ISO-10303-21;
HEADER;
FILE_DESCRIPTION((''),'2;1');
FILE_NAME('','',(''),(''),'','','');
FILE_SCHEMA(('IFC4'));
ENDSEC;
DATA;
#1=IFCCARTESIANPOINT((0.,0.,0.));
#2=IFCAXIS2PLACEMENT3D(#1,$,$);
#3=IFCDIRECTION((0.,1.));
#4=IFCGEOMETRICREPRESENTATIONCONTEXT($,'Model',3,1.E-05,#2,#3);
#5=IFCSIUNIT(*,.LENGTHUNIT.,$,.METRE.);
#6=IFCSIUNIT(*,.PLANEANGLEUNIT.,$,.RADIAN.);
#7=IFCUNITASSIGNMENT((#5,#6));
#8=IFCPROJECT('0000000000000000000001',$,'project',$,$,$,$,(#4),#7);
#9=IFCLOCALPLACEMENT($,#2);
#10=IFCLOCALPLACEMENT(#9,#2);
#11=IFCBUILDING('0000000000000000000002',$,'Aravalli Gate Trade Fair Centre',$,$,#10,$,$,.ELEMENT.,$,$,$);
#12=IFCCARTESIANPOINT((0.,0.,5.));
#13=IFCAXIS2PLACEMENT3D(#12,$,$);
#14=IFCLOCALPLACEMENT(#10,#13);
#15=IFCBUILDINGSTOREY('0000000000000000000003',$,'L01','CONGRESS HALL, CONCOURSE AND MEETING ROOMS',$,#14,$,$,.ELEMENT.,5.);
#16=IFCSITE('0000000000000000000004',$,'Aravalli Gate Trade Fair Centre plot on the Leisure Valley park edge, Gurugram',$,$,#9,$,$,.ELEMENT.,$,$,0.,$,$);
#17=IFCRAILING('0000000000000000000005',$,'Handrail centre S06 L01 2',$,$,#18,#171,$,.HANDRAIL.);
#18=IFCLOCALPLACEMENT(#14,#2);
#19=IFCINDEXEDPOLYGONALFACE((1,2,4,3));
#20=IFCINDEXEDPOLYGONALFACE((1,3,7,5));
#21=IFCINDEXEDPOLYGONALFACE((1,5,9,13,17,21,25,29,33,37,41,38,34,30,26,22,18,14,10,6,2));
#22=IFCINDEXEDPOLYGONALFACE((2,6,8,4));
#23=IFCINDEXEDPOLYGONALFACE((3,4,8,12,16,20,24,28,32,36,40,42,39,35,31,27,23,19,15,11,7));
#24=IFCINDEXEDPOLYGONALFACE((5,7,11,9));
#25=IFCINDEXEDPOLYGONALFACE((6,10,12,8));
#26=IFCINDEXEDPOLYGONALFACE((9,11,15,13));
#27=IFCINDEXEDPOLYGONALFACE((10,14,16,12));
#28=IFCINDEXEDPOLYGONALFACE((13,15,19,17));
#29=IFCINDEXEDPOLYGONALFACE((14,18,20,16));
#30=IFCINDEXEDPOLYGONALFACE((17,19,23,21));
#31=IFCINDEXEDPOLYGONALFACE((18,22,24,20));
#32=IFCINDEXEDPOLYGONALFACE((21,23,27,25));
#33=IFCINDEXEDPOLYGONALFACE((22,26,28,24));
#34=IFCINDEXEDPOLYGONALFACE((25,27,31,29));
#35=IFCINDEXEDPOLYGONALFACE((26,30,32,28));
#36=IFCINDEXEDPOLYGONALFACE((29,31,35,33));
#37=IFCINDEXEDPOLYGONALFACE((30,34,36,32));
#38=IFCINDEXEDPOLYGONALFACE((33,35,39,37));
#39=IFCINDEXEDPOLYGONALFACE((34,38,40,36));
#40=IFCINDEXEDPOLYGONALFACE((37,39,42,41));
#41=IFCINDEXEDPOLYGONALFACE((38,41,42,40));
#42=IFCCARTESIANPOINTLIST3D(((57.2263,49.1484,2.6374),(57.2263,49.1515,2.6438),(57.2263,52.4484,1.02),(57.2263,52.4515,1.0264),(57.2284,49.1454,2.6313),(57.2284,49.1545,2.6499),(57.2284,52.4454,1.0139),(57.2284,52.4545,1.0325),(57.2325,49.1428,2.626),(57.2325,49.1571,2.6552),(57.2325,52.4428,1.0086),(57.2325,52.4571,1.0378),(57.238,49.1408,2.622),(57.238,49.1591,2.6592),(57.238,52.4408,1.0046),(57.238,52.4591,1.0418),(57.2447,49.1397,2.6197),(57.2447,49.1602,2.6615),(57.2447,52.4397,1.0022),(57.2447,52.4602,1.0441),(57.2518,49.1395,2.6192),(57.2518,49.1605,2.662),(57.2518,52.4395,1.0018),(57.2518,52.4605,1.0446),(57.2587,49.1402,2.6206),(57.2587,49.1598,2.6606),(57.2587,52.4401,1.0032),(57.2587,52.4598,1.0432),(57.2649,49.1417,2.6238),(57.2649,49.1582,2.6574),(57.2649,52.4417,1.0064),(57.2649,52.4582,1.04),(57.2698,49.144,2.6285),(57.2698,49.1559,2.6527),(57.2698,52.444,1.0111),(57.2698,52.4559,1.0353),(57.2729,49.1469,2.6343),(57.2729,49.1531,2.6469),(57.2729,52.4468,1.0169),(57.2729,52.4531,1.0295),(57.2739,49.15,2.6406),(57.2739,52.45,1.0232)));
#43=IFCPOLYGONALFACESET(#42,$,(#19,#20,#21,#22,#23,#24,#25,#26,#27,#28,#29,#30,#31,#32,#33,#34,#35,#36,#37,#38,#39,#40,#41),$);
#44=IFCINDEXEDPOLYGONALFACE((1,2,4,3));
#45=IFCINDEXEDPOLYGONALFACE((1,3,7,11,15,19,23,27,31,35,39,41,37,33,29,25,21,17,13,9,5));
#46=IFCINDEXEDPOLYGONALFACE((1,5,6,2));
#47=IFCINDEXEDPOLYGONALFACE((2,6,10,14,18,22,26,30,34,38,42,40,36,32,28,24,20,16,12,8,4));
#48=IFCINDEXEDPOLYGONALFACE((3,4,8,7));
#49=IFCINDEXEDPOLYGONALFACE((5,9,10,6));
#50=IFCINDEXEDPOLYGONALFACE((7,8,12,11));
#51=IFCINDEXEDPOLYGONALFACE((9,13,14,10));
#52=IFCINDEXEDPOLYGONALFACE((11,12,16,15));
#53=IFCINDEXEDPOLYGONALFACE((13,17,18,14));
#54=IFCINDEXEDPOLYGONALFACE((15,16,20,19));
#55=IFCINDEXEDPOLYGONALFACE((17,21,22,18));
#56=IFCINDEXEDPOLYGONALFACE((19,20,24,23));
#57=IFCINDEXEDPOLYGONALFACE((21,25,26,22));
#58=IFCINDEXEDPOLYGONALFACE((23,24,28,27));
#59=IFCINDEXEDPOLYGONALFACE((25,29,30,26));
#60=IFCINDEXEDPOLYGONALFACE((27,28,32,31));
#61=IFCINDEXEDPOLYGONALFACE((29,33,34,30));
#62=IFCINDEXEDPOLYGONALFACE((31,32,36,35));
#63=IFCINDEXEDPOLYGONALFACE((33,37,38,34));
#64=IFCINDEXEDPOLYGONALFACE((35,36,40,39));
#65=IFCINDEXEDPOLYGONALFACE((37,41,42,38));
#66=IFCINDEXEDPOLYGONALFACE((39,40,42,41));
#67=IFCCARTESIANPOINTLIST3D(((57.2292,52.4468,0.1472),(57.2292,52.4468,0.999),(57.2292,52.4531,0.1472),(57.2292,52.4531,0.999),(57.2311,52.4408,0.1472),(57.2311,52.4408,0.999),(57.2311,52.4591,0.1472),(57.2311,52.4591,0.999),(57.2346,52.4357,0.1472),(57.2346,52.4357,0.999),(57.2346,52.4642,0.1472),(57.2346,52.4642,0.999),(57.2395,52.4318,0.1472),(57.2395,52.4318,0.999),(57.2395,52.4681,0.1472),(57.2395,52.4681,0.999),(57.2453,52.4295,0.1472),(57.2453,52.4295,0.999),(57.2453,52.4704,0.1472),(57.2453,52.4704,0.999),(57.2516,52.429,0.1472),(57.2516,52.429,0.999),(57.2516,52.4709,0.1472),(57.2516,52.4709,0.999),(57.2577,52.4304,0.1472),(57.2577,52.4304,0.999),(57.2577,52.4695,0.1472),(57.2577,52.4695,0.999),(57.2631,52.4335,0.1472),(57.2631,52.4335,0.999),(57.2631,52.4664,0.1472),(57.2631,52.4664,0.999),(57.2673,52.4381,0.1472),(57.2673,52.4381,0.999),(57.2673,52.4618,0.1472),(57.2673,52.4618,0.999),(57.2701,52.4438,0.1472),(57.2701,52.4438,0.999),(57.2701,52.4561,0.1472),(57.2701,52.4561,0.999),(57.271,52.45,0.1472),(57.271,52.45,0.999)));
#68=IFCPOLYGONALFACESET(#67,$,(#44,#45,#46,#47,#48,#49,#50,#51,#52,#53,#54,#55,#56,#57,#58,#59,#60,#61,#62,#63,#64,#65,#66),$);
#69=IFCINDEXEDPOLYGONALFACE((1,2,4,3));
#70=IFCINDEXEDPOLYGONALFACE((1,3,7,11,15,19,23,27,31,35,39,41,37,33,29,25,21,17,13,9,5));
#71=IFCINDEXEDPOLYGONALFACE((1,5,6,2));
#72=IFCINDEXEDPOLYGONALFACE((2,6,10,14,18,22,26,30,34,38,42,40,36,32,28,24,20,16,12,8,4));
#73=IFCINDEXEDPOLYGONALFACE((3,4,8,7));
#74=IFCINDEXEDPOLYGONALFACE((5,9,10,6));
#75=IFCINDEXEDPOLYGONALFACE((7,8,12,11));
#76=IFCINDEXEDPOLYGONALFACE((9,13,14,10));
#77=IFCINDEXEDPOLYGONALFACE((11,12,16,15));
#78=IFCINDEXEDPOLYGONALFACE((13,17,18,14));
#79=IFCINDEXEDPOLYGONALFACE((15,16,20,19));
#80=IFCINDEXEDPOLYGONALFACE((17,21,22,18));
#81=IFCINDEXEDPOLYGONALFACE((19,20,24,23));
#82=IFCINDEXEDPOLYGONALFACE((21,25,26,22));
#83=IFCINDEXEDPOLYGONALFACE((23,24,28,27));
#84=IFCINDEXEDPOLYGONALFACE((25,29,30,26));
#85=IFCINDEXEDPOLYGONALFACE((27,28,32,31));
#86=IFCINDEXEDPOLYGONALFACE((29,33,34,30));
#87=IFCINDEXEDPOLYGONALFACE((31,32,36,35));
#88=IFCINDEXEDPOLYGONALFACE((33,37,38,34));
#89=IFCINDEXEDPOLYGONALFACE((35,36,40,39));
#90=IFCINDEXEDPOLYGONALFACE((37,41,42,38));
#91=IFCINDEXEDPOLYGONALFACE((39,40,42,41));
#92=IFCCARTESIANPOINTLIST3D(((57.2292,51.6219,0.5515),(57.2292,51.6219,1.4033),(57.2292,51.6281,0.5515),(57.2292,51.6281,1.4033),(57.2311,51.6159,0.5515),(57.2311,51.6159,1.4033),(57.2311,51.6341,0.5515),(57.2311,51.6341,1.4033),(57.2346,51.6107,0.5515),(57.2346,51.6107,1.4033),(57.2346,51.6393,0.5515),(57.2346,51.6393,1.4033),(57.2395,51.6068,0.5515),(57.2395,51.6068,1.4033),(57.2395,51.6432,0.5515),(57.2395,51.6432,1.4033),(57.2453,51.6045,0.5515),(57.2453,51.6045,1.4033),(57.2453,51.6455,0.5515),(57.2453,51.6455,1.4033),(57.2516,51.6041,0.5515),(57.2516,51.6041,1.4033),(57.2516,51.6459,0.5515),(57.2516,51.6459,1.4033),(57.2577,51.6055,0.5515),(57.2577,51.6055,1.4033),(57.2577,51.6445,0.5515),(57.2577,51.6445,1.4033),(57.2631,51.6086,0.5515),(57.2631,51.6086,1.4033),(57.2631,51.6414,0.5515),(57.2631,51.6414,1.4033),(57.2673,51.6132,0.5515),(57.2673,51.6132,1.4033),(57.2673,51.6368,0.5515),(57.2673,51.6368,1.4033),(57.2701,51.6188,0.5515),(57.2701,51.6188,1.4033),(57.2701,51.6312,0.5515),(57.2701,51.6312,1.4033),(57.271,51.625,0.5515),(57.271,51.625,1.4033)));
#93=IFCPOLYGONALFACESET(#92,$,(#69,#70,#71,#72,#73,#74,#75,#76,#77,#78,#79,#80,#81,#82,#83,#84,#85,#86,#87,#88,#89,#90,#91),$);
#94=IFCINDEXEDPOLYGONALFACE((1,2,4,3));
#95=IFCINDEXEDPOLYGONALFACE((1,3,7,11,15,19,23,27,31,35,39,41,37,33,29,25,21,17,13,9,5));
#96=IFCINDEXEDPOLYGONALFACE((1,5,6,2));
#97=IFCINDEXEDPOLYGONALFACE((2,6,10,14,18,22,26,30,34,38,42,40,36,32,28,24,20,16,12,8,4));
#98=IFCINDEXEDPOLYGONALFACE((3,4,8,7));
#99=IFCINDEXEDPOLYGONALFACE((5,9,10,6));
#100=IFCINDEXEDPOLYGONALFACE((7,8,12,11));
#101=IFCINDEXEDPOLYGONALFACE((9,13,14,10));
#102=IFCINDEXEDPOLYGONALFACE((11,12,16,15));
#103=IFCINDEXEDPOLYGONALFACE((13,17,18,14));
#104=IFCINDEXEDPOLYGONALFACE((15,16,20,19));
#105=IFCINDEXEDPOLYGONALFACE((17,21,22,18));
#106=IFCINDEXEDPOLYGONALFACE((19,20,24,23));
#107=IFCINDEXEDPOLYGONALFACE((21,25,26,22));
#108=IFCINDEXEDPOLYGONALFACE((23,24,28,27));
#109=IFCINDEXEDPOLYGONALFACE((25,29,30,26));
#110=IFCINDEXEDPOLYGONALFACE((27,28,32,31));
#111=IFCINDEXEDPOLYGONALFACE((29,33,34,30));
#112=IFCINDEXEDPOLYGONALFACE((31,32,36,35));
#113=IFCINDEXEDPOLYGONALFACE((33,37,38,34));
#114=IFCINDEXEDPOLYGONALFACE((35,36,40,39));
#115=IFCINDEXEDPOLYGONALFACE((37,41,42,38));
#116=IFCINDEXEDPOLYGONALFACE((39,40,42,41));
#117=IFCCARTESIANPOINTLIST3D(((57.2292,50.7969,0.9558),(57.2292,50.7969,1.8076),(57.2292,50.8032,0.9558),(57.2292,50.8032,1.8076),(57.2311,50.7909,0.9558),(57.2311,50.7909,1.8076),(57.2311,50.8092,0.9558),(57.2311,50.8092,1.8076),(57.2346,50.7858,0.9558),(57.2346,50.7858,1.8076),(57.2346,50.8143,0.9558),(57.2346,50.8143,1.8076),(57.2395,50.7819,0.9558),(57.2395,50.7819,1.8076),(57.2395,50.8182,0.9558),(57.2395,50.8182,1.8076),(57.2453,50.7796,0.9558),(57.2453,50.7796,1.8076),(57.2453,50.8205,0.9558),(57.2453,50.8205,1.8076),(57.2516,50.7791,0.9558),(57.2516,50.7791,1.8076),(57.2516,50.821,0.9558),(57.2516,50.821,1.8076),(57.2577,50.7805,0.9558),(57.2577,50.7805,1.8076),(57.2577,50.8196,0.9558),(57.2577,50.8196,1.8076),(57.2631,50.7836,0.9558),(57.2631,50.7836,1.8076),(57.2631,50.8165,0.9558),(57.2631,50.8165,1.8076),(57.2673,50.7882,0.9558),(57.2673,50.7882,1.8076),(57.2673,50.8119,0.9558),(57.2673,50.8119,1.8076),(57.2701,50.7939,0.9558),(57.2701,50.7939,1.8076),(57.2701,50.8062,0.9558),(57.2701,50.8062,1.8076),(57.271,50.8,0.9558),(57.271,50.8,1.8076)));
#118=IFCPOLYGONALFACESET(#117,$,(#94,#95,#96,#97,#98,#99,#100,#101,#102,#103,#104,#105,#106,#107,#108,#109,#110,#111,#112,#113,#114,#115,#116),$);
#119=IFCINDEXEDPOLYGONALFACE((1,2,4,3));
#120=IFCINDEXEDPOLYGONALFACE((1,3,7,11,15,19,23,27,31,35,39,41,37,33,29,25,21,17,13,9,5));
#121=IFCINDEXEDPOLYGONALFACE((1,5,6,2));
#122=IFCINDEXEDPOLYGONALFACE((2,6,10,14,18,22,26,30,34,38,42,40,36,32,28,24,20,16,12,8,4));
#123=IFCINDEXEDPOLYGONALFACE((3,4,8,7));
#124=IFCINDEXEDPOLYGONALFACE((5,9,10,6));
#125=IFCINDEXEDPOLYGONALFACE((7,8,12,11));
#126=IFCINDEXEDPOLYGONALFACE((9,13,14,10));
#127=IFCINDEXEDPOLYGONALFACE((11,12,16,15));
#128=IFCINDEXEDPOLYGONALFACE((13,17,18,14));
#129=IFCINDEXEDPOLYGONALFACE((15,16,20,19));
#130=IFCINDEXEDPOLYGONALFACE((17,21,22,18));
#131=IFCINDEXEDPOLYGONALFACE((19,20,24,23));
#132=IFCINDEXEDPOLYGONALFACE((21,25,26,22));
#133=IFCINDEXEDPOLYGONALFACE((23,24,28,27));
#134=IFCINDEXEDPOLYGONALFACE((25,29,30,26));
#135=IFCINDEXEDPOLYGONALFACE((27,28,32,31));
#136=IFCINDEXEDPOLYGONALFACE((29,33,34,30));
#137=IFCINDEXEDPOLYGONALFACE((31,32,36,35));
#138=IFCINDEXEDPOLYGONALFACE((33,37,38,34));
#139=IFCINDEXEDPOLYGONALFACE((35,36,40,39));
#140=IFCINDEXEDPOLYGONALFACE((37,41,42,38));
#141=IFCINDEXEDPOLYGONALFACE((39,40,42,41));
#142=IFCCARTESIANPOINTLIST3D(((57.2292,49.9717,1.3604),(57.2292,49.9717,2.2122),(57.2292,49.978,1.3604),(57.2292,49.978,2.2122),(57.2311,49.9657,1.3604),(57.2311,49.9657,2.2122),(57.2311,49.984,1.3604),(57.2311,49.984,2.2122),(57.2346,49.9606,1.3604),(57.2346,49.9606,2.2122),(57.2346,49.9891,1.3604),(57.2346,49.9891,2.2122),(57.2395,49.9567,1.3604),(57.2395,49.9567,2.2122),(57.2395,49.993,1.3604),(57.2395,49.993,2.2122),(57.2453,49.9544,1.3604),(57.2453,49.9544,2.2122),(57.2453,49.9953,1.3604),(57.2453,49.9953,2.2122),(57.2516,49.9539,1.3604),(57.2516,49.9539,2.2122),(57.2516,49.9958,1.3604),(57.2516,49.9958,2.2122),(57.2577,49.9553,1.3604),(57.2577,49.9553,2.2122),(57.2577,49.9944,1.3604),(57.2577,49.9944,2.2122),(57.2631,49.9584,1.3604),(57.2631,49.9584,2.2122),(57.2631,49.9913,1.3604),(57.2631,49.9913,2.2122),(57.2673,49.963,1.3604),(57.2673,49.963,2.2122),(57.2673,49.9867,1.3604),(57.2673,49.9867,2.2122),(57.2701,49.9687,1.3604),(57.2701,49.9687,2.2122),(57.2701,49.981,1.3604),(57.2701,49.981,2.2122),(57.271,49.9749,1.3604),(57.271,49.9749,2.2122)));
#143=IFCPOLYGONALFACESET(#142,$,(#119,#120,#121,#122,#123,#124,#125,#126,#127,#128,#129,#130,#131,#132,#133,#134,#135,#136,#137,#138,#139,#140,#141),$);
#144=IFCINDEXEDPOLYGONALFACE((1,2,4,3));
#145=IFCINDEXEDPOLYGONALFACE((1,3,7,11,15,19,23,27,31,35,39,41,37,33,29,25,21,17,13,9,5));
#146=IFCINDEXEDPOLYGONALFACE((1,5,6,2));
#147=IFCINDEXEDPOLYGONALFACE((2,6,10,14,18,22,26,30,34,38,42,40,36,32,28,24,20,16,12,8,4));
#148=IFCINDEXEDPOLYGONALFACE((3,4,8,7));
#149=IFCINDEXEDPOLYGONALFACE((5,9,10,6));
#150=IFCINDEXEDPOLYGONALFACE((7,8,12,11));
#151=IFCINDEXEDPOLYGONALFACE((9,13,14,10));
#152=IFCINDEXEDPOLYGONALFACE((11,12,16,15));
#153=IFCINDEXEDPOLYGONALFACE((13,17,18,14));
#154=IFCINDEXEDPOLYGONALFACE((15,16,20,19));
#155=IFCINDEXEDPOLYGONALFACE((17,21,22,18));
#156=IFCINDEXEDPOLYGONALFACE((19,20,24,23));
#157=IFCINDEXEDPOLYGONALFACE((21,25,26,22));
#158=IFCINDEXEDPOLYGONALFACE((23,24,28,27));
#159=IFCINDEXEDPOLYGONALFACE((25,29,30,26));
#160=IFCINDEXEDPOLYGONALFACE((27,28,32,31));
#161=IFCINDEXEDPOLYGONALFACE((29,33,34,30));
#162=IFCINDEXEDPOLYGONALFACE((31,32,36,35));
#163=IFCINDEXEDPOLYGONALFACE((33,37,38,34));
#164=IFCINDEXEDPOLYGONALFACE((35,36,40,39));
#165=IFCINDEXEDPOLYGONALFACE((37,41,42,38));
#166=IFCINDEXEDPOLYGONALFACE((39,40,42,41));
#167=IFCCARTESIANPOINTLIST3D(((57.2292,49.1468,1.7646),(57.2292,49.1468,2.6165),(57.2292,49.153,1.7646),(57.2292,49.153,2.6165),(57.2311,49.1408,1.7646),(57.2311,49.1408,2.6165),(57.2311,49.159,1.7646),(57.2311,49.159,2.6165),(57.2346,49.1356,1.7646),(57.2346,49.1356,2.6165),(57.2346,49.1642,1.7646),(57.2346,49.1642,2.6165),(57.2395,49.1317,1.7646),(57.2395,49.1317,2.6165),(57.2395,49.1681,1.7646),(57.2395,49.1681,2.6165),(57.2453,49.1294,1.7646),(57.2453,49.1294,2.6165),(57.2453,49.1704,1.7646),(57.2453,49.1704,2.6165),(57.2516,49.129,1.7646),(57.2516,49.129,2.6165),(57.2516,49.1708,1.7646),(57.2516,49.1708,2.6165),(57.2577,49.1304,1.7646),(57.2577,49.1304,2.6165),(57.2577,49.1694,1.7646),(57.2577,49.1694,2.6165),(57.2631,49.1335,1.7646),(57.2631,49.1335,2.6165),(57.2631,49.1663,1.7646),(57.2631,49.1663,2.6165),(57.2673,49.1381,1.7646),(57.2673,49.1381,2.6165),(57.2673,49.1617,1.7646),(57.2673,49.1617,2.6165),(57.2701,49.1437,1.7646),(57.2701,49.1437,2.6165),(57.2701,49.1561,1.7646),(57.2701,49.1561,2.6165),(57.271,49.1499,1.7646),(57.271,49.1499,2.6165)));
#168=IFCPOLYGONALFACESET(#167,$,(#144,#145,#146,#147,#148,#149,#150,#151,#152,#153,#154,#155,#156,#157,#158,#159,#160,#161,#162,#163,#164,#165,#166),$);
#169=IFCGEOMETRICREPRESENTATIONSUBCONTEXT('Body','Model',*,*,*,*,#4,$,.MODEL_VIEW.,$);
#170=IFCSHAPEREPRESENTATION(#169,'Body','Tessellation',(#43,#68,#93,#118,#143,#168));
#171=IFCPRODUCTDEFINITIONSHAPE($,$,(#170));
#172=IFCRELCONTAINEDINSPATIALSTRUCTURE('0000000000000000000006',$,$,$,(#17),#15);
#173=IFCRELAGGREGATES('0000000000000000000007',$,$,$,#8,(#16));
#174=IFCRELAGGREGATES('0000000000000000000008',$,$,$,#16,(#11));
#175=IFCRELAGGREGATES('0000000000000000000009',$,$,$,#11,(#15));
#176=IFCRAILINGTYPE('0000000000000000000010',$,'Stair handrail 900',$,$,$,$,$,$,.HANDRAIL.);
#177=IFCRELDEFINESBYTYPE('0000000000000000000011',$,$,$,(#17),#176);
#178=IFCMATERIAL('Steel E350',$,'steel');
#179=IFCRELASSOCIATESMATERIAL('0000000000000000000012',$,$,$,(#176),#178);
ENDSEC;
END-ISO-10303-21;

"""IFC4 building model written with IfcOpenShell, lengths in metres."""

from ifc_helpers import new_model, si_unit, direction, frame, origin, origin_2d, place, context, subcontext, project, spatial, circle, extrude, material, type_object, element, save


model = new_model("IFC4")

# Units and contexts
model_context = context("Model", 3, precision=1e-05, world=origin(), true_north=direction((0.0, 1.0)))
body_context = subcontext(model_context, "Body", "Model", "MODEL_VIEW")
ifc_project = project(units=[si_unit("LENGTHUNIT", "METRE"), si_unit("PLANEANGLEUNIT", "RADIAN")], contexts=[model_context])

# Site, building, storey
site_placement = place(None, origin())
site = spatial("IfcSite", under=ifc_project, at=site_placement, Name="Aravalli Gate Trade Fair Centre plot on the Leisure Valley park edge, Gurugram", CompositionType="ELEMENT", RefElevation=0.0)
building_placement = place(site_placement, origin())
building = spatial("IfcBuilding", under=site, at=building_placement, Name="Aravalli Gate Trade Fair Centre", CompositionType="ELEMENT")
storey_placement = place(building_placement, frame((0.0, 0.0, 5.0)))
storey = spatial("IfcBuildingStorey", under=building, at=storey_placement, Name="L01", Description="CONGRESS HALL, CONCOURSE AND MEETING ROOMS", CompositionType="ELEMENT", Elevation=5.0)

# Railing
ifc_material_1 = material(Name="Steel E350", Category="steel")
railing_type = type_object("IfcRailingType", Name="Stair handrail 900", PredefinedType="HANDRAIL", material=ifc_material_1)
for number, where, name in (
    (1, (57.25, 52.45, 0.1472), "Handrail centre S06 L01 2"),
):
    element("IfcRailing", number, at=place(storey_placement, frame(where)), inside=storey, type_object=railing_type, Name=name, PredefinedType="HANDRAIL", context=body_context, shape_type="SweptSolid", body=[
        extrude(circle(Radius=0.0239, at=origin_2d()), frame((0.0, 0.0, 0.876), z_axis=(0.0, -0.897946, 0.440105), x_axis=(1.0, 0.0, 0.0)), (0.0, 0.0, 1.0), 3.675),
        extrude(circle(Radius=0.021, at=origin_2d()), origin(), (0.0, 0.0, 1.0), 0.8518),
        extrude(circle(Radius=0.021, at=origin_2d()), frame((0.0, -0.825, 0.4043)), (0.0, 0.0, 1.0), 0.8518),
        extrude(circle(Radius=0.021, at=origin_2d()), frame((0.0, -1.6499, 0.8086)), (0.0, 0.0, 1.0), 0.8518),
        extrude(circle(Radius=0.021, at=origin_2d()), frame((0.0, -2.4751, 1.2131)), (0.0, 0.0, 1.0), 0.8518),
        extrude(circle(Radius=0.021, at=origin_2d()), frame((0.0, -3.3, 1.6174)), (0.0, 0.0, 1.0), 0.8518),
    ])

save(model, "model.ifc")
